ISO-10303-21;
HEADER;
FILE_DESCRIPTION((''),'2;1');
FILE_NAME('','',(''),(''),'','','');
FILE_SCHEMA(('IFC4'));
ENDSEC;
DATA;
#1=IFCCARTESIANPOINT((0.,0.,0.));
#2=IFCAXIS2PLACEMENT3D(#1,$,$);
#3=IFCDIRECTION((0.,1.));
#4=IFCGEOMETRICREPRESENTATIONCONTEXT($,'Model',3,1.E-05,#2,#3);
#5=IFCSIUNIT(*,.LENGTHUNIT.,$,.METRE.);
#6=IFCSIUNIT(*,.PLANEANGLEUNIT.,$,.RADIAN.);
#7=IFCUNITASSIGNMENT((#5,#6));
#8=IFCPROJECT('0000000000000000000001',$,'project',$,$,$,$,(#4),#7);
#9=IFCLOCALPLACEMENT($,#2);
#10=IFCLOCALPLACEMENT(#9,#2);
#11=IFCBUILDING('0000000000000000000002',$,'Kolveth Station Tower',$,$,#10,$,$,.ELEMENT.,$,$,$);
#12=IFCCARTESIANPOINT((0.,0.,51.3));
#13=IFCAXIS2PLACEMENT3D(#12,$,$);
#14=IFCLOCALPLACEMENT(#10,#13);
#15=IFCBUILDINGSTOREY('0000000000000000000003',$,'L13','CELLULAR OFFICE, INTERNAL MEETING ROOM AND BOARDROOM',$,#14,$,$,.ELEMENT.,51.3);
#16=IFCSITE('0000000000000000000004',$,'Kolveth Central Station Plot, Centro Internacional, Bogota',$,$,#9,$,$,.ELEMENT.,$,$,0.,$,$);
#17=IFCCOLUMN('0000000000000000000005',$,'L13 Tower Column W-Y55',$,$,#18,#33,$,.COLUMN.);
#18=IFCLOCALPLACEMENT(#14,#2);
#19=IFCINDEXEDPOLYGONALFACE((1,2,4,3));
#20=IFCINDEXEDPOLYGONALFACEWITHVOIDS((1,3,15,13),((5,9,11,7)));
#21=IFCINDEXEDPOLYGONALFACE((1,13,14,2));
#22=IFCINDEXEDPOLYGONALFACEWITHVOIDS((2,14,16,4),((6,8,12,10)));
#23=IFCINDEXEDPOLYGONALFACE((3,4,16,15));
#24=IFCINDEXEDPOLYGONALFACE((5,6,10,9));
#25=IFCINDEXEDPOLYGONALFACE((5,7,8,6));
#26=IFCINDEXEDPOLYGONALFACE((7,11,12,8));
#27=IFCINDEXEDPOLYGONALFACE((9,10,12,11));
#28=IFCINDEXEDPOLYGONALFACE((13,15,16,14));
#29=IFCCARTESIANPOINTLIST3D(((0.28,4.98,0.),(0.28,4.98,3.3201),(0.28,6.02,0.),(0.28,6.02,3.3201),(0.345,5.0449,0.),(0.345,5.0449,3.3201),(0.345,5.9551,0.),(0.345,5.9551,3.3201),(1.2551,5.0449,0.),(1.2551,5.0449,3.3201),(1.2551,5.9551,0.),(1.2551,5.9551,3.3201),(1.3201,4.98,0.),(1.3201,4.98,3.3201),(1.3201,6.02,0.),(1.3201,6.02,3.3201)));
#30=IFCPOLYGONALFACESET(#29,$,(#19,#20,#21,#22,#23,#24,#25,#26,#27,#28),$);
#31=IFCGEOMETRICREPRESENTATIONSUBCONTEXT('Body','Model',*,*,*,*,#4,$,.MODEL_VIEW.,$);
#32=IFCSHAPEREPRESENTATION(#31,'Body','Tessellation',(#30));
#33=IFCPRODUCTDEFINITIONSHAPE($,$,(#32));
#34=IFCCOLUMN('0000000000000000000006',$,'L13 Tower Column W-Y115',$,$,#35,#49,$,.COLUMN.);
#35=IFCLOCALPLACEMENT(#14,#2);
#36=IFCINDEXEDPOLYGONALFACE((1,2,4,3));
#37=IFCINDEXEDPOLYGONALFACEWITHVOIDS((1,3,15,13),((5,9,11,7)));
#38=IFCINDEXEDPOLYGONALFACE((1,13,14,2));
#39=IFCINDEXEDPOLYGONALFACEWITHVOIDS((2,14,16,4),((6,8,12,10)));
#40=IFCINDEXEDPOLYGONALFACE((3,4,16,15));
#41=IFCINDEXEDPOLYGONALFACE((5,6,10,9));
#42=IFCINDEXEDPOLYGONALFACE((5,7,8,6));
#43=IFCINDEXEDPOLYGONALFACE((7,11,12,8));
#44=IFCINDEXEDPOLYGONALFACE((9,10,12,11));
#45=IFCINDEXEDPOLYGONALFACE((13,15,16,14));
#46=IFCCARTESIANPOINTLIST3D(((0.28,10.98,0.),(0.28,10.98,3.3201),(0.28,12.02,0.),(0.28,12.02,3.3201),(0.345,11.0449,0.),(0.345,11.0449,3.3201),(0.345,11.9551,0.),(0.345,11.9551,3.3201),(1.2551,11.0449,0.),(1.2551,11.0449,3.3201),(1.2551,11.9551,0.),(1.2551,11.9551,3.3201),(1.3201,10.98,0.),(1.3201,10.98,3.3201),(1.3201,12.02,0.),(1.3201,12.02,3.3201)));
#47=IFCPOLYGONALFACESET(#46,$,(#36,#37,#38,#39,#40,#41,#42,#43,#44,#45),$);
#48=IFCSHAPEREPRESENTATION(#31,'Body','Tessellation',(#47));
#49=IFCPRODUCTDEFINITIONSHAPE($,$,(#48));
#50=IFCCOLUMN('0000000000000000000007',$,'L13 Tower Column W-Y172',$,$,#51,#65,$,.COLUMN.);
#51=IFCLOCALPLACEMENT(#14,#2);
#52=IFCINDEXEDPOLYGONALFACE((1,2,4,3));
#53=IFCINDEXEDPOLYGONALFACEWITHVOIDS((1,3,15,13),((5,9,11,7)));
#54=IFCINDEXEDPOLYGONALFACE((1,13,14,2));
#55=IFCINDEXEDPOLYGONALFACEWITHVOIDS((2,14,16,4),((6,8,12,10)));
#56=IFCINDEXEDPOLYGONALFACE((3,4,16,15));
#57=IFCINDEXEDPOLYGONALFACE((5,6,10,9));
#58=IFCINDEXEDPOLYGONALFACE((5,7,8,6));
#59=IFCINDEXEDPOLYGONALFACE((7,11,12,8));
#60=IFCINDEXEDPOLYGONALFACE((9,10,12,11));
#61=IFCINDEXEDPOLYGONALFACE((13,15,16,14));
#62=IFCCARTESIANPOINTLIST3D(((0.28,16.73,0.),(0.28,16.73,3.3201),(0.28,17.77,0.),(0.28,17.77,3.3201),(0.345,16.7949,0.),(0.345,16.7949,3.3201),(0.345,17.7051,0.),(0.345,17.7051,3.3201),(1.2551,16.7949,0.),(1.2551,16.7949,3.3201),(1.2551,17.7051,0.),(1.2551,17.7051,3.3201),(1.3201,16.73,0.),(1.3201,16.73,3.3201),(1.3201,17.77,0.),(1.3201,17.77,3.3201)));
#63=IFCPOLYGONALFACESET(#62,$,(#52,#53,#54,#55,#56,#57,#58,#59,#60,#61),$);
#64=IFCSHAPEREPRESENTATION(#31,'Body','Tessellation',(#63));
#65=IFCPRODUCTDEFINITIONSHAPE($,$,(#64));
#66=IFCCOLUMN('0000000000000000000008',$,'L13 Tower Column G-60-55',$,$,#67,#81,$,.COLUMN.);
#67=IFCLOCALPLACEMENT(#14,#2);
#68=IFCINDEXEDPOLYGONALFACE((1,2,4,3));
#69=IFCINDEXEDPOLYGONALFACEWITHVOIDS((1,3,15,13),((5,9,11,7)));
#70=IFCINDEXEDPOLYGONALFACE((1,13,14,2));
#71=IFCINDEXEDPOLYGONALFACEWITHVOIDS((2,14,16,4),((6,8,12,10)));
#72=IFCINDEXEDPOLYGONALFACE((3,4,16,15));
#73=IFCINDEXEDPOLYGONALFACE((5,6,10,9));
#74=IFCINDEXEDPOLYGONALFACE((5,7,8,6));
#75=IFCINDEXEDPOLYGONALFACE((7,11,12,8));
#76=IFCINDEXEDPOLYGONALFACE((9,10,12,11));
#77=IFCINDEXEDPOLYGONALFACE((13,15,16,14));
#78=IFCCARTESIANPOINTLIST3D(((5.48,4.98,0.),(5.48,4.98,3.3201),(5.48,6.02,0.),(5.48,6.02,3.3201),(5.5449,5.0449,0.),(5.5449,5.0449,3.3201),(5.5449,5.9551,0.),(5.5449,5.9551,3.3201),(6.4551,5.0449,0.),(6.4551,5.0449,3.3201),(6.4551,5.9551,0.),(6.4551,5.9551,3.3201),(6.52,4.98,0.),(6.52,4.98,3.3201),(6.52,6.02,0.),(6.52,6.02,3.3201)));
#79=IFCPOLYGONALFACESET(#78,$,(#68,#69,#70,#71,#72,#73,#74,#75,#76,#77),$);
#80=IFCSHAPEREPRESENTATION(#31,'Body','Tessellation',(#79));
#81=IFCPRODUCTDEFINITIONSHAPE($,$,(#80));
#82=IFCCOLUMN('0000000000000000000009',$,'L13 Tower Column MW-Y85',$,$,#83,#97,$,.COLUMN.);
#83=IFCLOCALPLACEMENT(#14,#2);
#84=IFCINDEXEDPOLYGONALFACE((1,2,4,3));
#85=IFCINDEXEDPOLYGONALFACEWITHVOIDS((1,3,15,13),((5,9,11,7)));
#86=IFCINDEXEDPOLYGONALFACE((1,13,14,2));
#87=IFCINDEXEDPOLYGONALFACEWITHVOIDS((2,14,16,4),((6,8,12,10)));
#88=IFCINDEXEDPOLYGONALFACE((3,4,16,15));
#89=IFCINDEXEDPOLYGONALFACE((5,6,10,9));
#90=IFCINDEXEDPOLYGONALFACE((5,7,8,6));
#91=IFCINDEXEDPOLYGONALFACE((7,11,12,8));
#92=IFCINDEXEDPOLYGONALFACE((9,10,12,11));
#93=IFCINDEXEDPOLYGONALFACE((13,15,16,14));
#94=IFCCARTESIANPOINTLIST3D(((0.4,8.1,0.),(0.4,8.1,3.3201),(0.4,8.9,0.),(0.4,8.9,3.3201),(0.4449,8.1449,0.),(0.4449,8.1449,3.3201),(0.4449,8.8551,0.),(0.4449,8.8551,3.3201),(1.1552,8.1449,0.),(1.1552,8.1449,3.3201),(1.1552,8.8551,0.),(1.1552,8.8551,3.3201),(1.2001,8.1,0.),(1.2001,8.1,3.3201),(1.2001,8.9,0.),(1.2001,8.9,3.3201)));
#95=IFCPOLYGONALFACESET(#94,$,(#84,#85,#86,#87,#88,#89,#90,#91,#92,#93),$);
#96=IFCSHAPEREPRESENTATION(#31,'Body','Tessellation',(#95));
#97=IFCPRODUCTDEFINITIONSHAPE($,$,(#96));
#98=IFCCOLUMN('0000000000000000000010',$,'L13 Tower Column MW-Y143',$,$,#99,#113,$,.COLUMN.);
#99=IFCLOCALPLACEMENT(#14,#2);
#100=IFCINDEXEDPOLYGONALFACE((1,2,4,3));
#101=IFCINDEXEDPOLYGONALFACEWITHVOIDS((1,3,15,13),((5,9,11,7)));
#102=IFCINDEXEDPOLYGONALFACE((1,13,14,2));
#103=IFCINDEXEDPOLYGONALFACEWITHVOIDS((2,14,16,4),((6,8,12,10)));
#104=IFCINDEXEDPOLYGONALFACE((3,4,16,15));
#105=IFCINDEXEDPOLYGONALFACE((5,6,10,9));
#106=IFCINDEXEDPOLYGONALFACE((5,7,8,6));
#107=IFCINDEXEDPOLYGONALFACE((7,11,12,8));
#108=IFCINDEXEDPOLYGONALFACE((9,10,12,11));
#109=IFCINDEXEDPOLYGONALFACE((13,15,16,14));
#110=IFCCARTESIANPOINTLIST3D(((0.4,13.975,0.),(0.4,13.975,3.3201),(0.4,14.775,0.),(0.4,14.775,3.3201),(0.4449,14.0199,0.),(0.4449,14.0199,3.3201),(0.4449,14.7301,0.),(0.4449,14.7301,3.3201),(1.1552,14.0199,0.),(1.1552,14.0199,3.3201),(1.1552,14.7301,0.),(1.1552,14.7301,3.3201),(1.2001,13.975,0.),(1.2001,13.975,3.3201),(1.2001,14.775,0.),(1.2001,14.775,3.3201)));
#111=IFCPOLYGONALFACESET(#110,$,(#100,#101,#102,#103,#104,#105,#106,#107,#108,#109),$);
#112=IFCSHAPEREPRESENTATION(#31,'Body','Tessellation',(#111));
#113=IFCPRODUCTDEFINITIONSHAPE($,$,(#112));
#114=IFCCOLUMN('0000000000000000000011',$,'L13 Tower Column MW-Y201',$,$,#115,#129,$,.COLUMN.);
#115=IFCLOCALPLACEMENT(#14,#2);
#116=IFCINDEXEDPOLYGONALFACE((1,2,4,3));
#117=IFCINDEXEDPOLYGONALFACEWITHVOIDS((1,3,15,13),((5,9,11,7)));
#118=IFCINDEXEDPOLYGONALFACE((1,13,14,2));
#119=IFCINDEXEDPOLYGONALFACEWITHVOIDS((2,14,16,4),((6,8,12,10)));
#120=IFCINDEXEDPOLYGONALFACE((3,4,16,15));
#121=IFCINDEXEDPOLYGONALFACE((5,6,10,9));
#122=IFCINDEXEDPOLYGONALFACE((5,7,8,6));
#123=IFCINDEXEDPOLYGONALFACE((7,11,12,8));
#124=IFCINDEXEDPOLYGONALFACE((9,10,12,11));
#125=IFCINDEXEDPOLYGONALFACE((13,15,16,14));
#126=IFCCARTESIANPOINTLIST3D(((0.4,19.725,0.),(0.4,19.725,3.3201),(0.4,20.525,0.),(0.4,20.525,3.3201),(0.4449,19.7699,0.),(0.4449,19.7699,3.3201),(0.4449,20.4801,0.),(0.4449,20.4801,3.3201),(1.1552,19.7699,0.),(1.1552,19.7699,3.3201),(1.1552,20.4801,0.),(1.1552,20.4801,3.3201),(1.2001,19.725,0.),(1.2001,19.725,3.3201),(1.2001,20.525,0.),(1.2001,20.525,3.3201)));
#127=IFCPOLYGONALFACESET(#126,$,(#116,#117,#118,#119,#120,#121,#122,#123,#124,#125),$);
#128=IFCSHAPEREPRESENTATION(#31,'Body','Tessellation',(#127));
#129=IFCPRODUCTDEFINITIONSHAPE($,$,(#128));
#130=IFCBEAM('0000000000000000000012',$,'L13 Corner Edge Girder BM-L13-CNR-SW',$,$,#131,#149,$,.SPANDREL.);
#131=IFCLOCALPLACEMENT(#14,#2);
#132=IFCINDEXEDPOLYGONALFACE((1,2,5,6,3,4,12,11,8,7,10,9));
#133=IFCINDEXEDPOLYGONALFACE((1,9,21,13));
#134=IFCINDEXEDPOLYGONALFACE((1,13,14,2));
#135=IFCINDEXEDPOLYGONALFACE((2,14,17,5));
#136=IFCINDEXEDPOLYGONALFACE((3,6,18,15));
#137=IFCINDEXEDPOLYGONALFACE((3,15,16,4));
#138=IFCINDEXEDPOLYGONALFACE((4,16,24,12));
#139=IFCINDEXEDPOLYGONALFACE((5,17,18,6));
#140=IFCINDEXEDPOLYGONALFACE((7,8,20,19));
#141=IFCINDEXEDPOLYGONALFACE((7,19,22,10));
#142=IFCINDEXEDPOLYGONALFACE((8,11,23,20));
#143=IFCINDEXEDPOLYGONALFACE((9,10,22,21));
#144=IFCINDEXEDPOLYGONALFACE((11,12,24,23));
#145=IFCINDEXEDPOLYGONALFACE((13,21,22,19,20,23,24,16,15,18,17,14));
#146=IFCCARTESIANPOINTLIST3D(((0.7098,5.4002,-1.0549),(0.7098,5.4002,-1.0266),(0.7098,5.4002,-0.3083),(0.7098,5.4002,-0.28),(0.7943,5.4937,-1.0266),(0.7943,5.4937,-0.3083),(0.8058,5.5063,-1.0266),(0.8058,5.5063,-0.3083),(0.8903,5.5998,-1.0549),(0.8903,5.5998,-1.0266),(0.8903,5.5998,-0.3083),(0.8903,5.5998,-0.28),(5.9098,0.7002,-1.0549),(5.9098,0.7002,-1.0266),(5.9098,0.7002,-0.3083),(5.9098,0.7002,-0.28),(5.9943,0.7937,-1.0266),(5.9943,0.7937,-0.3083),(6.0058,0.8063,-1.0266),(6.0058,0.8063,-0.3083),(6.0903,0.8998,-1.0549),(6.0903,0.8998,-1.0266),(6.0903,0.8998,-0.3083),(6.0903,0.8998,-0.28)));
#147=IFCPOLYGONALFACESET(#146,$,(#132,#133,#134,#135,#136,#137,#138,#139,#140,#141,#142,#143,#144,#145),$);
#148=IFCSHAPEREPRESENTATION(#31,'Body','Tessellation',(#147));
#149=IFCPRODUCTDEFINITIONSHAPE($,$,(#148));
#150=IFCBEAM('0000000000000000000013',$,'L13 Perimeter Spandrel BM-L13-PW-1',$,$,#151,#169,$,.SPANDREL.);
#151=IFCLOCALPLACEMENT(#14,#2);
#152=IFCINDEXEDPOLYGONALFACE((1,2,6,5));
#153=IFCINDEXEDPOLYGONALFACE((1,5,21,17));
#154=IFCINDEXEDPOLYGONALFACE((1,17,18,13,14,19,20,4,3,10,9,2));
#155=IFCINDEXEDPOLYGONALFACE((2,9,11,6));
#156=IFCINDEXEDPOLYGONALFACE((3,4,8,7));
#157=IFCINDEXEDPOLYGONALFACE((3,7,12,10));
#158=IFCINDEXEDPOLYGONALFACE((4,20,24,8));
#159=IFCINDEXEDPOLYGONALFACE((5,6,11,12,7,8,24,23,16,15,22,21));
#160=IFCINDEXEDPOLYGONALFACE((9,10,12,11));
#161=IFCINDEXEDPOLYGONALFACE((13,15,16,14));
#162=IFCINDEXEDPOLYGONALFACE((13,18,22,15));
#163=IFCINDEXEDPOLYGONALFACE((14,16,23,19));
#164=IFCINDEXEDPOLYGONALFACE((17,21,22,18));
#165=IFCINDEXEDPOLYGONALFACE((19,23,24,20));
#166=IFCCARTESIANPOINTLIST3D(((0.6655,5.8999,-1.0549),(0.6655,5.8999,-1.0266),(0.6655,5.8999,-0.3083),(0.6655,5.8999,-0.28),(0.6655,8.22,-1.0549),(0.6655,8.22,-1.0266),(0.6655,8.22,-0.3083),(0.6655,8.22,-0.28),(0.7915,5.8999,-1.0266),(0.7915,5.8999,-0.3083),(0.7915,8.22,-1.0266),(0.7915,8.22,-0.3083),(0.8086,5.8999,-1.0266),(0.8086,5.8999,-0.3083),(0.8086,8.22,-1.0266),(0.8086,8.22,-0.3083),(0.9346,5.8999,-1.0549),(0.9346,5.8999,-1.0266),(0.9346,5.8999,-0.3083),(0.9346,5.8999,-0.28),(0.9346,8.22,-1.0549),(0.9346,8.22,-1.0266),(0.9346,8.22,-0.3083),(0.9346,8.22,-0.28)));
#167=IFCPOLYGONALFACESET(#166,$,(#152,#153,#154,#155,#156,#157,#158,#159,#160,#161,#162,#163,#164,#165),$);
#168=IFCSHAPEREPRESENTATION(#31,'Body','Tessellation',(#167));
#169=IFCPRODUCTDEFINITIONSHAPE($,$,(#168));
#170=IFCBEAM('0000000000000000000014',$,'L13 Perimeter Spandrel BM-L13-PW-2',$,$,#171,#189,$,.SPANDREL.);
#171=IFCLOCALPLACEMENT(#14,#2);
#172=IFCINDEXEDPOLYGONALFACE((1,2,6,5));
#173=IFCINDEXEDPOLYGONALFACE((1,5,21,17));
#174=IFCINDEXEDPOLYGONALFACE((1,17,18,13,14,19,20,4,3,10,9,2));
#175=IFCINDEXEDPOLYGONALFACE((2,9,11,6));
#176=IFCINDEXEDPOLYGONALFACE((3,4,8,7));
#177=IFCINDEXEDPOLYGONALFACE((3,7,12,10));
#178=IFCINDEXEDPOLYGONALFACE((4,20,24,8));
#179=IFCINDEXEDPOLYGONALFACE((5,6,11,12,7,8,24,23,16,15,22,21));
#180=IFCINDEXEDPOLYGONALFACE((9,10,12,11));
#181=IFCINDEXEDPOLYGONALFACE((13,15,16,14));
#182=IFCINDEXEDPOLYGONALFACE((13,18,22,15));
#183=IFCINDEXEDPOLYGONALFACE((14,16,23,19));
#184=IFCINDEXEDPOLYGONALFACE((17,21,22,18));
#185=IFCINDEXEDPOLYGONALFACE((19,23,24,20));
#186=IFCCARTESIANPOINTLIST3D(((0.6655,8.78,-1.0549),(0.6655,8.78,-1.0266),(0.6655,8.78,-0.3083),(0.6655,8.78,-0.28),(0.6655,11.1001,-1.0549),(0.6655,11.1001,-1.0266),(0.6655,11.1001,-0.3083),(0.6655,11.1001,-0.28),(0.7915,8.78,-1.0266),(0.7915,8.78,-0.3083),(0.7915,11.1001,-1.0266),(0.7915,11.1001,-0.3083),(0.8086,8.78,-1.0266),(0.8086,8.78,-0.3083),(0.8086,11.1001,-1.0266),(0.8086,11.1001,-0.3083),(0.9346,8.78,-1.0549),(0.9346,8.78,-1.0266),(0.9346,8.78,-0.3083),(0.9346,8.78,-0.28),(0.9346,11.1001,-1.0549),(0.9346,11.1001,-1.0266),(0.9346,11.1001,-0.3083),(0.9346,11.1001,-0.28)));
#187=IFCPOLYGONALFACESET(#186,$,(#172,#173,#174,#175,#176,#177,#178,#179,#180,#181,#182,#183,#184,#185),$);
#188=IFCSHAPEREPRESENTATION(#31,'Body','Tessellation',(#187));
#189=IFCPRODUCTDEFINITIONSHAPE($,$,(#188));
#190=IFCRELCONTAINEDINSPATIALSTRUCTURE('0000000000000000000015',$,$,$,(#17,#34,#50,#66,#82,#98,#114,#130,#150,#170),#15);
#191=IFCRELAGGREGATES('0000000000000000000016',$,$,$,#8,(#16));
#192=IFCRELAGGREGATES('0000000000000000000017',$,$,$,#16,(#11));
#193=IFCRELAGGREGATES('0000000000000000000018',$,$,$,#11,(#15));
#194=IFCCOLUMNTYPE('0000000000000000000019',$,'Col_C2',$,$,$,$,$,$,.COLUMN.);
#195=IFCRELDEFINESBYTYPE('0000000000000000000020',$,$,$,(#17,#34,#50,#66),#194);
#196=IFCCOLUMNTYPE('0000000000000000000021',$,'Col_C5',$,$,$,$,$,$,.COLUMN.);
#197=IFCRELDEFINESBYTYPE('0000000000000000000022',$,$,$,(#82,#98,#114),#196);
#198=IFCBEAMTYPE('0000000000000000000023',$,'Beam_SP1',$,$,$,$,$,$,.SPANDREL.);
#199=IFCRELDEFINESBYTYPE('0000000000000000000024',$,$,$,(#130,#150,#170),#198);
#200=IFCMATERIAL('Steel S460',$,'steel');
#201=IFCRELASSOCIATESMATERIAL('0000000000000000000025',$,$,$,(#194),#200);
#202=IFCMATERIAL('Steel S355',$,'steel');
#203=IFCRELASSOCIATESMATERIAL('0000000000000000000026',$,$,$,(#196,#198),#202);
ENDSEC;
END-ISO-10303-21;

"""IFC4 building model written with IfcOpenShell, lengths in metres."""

from ifc_helpers import new_model, si_unit, direction, frame, origin, origin_2d, place, context, subcontext, project, spatial, hollow_rectangle, i_section, extrude, source, transform, mapped, material, material_profile, profile_set, type_object, element, save


model = new_model("IFC4")

# Units and contexts
model_context = context("Model", 3, precision=1e-05, world=origin(), true_north=direction((0.0, 1.0)))
body_context = subcontext(model_context, "Body", "Model", "MODEL_VIEW")
ifc_project = project(units=[si_unit("LENGTHUNIT", "METRE"), si_unit("PLANEANGLEUNIT", "RADIAN")], contexts=[model_context])

# Site, building, storey
site_placement = place(None, origin())
site = spatial("IfcSite", under=ifc_project, at=site_placement, Name="Kolveth Central Station Plot, Centro Internacional, Bogota", CompositionType="ELEMENT", RefElevation=0.0)
building_placement = place(site_placement, origin())
building = spatial("IfcBuilding", under=site, at=building_placement, Name="Kolveth Station Tower", CompositionType="ELEMENT")
storey_placement = place(building_placement, frame((0.0, 0.0, 51.3)))
storey = spatial("IfcBuildingStorey", under=building, at=storey_placement, Name="L13", Description="CELLULAR OFFICE, INTERNAL MEETING ROOM AND BOARDROOM", CompositionType="ELEMENT", Elevation=51.3)

# Columns
ifc_material_1 = material(Name="Steel S460", Category="steel")
ifc_material_profile_1 = material_profile(ifc_material_1, hollow_rectangle(XDim=1.04, YDim=1.04, WallThickness=0.0649, at=origin_2d()), Name="BOX1040x1040x65")
ifc_profile_set_1 = profile_set([ifc_material_profile_1], Name="Steel S460")
column_type_1 = type_object("IfcColumnType", Name="Col_C2", PredefinedType="COLUMN", material=ifc_profile_set_1)
shared_shape_1 = source(origin(), body_context, "Body", "SweptSolid", [
    extrude(hollow_rectangle(XDim=1.04, YDim=1.04, WallThickness=0.0649, at=origin_2d()), origin(), (0.0, 0.0, 1.0), 3.3201),
])
for number, where, z_axis, x_axis, name in (
    (1, (0.8, 5.5, 0.0), (0.0, 0.0, 1.0), (1.0, 0.0, 0.0), "L13 Tower Column W-Y55"),
    (2, (0.8, 11.5, 0.0), (0.0, 0.0, 1.0), (1.0, 0.0, 0.0), "L13 Tower Column W-Y115"),
    (3, (0.8, 17.25, 0.0), (0.0, 0.0, 1.0), (1.0, 0.0, 0.0), "L13 Tower Column W-Y172"),
    (4, (6.0, 5.5, 0.0), (0.0, 0.0, 1.0), (1.0, 0.0, 0.0), "L13 Tower Column G-60-55"),
):
    element("IfcColumn", number, at=place(storey_placement, frame(where, z_axis=z_axis, x_axis=x_axis)), inside=storey, type_object=column_type_1, Name=name, PredefinedType="COLUMN", context=body_context, shape_type="MappedRepresentation", body=[
        mapped(shared_shape_1, transform((0.0, 0.0, 0.0), x_axis=(1.0, 0.0, 0.0), y_axis=(0.0, 1.0, 0.0), z_axis=(0.0, 0.0, 1.0), scale=1.0)),
    ])
ifc_material_2 = material(Name="Steel S355", Category="steel")
ifc_material_profile_2 = material_profile(ifc_material_2, hollow_rectangle(XDim=0.8, YDim=0.8, WallThickness=0.0449, at=origin_2d()), Name="BOX800x800x45")
ifc_profile_set_2 = profile_set([ifc_material_profile_2], Name="Steel S355")
column_type_2 = type_object("IfcColumnType", Name="Col_C5", PredefinedType="COLUMN", material=ifc_profile_set_2)
shared_shape_2 = source(origin(), body_context, "Body", "SweptSolid", [
    extrude(hollow_rectangle(XDim=0.8, YDim=0.8, WallThickness=0.0449, at=origin_2d()), origin(), (0.0, 0.0, 1.0), 3.3201),
])
for number, where, z_axis, x_axis, name in (
    (5, (0.8, 8.5, 0.0), (0.0, 0.0, 1.0), (1.0, 0.0, 0.0), "L13 Tower Column MW-Y85"),
    (6, (0.8, 14.375, 0.0), (0.0, 0.0, 1.0), (1.0, 0.0, 0.0), "L13 Tower Column MW-Y143"),
    (7, (0.8, 20.125, 0.0), (0.0, 0.0, 1.0), (1.0, 0.0, 0.0), "L13 Tower Column MW-Y201"),
):
    element("IfcColumn", number, at=place(storey_placement, frame(where, z_axis=z_axis, x_axis=x_axis)), inside=storey, type_object=column_type_2, Name=name, PredefinedType="COLUMN", context=body_context, shape_type="MappedRepresentation", body=[
        mapped(shared_shape_2, transform((0.0, 0.0, 0.0), x_axis=(1.0, 0.0, 0.0), y_axis=(0.0, 1.0, 0.0), z_axis=(0.0, 0.0, 1.0), scale=1.0)),
    ])

# Beams
ifc_material_profile_3 = material_profile(ifc_material_2, i_section(OverallWidth=0.269, OverallDepth=0.7749, WebThickness=0.0171, FlangeThickness=0.0283, at=origin_2d()), Name="W760x220")
ifc_profile_set_3 = profile_set([ifc_material_profile_3], Name="Steel S355")
beam_type_1 = type_object("IfcBeamType", Name="Beam_SP1", PredefinedType="SPANDREL", material=ifc_profile_set_3)
shared_shape_3 = source(origin(), body_context, "Body", "SweptSolid", [
    extrude(i_section(OverallWidth=0.269, OverallDepth=0.7749, WebThickness=0.0171, FlangeThickness=0.0283, at=origin_2d()), origin(), (0.0, 0.0, 1.0), 7.0093),
])
beam_1_placement = place(storey_placement, frame((0.8, 5.5, -0.6675), z_axis=(0.741874, -0.670539, 0.0), x_axis=(0.670539, 0.741874, 0.0)))
element("IfcBeam", 8, at=beam_1_placement, inside=storey, type_object=beam_type_1, Name="L13 Corner Edge Girder BM-L13-CNR-SW", PredefinedType="SPANDREL", context=body_context, shape_type="MappedRepresentation", body=[
    mapped(shared_shape_3, transform((0.0, 0.0, 0.0), x_axis=(1.0, 0.0, 0.0), y_axis=(0.0, 1.0, 0.0), z_axis=(0.0, 0.0, 1.0), scale=1.0)),
])
shared_shape_4 = source(origin(), body_context, "Body", "SweptSolid", [
    extrude(i_section(OverallWidth=0.269, OverallDepth=0.7749, WebThickness=0.0171, FlangeThickness=0.0283, at=origin_2d()), origin(), (0.0, 0.0, 1.0), 2.3201),
])
for number, where, z_axis, x_axis, name in (
    (9, (0.8, 5.8999, -0.6675), (0.0, 1.0, 0.0), (-1.0, 0.0, 0.0), "L13 Perimeter Spandrel BM-L13-PW-1"),
    (10, (0.8, 8.78, -0.6675), (0.0, 1.0, 0.0), (-1.0, 0.0, 0.0), "L13 Perimeter Spandrel BM-L13-PW-2"),
):
    element("IfcBeam", number, at=place(storey_placement, frame(where, z_axis=z_axis, x_axis=x_axis)), inside=storey, type_object=beam_type_1, Name=name, PredefinedType="SPANDREL", context=body_context, shape_type="MappedRepresentation", body=[
        mapped(shared_shape_4, transform((0.0, 0.0, 0.0), x_axis=(1.0, 0.0, 0.0), y_axis=(0.0, 1.0, 0.0), z_axis=(0.0, 0.0, 1.0), scale=1.0)),
    ])

save(model, "model.ifc")
